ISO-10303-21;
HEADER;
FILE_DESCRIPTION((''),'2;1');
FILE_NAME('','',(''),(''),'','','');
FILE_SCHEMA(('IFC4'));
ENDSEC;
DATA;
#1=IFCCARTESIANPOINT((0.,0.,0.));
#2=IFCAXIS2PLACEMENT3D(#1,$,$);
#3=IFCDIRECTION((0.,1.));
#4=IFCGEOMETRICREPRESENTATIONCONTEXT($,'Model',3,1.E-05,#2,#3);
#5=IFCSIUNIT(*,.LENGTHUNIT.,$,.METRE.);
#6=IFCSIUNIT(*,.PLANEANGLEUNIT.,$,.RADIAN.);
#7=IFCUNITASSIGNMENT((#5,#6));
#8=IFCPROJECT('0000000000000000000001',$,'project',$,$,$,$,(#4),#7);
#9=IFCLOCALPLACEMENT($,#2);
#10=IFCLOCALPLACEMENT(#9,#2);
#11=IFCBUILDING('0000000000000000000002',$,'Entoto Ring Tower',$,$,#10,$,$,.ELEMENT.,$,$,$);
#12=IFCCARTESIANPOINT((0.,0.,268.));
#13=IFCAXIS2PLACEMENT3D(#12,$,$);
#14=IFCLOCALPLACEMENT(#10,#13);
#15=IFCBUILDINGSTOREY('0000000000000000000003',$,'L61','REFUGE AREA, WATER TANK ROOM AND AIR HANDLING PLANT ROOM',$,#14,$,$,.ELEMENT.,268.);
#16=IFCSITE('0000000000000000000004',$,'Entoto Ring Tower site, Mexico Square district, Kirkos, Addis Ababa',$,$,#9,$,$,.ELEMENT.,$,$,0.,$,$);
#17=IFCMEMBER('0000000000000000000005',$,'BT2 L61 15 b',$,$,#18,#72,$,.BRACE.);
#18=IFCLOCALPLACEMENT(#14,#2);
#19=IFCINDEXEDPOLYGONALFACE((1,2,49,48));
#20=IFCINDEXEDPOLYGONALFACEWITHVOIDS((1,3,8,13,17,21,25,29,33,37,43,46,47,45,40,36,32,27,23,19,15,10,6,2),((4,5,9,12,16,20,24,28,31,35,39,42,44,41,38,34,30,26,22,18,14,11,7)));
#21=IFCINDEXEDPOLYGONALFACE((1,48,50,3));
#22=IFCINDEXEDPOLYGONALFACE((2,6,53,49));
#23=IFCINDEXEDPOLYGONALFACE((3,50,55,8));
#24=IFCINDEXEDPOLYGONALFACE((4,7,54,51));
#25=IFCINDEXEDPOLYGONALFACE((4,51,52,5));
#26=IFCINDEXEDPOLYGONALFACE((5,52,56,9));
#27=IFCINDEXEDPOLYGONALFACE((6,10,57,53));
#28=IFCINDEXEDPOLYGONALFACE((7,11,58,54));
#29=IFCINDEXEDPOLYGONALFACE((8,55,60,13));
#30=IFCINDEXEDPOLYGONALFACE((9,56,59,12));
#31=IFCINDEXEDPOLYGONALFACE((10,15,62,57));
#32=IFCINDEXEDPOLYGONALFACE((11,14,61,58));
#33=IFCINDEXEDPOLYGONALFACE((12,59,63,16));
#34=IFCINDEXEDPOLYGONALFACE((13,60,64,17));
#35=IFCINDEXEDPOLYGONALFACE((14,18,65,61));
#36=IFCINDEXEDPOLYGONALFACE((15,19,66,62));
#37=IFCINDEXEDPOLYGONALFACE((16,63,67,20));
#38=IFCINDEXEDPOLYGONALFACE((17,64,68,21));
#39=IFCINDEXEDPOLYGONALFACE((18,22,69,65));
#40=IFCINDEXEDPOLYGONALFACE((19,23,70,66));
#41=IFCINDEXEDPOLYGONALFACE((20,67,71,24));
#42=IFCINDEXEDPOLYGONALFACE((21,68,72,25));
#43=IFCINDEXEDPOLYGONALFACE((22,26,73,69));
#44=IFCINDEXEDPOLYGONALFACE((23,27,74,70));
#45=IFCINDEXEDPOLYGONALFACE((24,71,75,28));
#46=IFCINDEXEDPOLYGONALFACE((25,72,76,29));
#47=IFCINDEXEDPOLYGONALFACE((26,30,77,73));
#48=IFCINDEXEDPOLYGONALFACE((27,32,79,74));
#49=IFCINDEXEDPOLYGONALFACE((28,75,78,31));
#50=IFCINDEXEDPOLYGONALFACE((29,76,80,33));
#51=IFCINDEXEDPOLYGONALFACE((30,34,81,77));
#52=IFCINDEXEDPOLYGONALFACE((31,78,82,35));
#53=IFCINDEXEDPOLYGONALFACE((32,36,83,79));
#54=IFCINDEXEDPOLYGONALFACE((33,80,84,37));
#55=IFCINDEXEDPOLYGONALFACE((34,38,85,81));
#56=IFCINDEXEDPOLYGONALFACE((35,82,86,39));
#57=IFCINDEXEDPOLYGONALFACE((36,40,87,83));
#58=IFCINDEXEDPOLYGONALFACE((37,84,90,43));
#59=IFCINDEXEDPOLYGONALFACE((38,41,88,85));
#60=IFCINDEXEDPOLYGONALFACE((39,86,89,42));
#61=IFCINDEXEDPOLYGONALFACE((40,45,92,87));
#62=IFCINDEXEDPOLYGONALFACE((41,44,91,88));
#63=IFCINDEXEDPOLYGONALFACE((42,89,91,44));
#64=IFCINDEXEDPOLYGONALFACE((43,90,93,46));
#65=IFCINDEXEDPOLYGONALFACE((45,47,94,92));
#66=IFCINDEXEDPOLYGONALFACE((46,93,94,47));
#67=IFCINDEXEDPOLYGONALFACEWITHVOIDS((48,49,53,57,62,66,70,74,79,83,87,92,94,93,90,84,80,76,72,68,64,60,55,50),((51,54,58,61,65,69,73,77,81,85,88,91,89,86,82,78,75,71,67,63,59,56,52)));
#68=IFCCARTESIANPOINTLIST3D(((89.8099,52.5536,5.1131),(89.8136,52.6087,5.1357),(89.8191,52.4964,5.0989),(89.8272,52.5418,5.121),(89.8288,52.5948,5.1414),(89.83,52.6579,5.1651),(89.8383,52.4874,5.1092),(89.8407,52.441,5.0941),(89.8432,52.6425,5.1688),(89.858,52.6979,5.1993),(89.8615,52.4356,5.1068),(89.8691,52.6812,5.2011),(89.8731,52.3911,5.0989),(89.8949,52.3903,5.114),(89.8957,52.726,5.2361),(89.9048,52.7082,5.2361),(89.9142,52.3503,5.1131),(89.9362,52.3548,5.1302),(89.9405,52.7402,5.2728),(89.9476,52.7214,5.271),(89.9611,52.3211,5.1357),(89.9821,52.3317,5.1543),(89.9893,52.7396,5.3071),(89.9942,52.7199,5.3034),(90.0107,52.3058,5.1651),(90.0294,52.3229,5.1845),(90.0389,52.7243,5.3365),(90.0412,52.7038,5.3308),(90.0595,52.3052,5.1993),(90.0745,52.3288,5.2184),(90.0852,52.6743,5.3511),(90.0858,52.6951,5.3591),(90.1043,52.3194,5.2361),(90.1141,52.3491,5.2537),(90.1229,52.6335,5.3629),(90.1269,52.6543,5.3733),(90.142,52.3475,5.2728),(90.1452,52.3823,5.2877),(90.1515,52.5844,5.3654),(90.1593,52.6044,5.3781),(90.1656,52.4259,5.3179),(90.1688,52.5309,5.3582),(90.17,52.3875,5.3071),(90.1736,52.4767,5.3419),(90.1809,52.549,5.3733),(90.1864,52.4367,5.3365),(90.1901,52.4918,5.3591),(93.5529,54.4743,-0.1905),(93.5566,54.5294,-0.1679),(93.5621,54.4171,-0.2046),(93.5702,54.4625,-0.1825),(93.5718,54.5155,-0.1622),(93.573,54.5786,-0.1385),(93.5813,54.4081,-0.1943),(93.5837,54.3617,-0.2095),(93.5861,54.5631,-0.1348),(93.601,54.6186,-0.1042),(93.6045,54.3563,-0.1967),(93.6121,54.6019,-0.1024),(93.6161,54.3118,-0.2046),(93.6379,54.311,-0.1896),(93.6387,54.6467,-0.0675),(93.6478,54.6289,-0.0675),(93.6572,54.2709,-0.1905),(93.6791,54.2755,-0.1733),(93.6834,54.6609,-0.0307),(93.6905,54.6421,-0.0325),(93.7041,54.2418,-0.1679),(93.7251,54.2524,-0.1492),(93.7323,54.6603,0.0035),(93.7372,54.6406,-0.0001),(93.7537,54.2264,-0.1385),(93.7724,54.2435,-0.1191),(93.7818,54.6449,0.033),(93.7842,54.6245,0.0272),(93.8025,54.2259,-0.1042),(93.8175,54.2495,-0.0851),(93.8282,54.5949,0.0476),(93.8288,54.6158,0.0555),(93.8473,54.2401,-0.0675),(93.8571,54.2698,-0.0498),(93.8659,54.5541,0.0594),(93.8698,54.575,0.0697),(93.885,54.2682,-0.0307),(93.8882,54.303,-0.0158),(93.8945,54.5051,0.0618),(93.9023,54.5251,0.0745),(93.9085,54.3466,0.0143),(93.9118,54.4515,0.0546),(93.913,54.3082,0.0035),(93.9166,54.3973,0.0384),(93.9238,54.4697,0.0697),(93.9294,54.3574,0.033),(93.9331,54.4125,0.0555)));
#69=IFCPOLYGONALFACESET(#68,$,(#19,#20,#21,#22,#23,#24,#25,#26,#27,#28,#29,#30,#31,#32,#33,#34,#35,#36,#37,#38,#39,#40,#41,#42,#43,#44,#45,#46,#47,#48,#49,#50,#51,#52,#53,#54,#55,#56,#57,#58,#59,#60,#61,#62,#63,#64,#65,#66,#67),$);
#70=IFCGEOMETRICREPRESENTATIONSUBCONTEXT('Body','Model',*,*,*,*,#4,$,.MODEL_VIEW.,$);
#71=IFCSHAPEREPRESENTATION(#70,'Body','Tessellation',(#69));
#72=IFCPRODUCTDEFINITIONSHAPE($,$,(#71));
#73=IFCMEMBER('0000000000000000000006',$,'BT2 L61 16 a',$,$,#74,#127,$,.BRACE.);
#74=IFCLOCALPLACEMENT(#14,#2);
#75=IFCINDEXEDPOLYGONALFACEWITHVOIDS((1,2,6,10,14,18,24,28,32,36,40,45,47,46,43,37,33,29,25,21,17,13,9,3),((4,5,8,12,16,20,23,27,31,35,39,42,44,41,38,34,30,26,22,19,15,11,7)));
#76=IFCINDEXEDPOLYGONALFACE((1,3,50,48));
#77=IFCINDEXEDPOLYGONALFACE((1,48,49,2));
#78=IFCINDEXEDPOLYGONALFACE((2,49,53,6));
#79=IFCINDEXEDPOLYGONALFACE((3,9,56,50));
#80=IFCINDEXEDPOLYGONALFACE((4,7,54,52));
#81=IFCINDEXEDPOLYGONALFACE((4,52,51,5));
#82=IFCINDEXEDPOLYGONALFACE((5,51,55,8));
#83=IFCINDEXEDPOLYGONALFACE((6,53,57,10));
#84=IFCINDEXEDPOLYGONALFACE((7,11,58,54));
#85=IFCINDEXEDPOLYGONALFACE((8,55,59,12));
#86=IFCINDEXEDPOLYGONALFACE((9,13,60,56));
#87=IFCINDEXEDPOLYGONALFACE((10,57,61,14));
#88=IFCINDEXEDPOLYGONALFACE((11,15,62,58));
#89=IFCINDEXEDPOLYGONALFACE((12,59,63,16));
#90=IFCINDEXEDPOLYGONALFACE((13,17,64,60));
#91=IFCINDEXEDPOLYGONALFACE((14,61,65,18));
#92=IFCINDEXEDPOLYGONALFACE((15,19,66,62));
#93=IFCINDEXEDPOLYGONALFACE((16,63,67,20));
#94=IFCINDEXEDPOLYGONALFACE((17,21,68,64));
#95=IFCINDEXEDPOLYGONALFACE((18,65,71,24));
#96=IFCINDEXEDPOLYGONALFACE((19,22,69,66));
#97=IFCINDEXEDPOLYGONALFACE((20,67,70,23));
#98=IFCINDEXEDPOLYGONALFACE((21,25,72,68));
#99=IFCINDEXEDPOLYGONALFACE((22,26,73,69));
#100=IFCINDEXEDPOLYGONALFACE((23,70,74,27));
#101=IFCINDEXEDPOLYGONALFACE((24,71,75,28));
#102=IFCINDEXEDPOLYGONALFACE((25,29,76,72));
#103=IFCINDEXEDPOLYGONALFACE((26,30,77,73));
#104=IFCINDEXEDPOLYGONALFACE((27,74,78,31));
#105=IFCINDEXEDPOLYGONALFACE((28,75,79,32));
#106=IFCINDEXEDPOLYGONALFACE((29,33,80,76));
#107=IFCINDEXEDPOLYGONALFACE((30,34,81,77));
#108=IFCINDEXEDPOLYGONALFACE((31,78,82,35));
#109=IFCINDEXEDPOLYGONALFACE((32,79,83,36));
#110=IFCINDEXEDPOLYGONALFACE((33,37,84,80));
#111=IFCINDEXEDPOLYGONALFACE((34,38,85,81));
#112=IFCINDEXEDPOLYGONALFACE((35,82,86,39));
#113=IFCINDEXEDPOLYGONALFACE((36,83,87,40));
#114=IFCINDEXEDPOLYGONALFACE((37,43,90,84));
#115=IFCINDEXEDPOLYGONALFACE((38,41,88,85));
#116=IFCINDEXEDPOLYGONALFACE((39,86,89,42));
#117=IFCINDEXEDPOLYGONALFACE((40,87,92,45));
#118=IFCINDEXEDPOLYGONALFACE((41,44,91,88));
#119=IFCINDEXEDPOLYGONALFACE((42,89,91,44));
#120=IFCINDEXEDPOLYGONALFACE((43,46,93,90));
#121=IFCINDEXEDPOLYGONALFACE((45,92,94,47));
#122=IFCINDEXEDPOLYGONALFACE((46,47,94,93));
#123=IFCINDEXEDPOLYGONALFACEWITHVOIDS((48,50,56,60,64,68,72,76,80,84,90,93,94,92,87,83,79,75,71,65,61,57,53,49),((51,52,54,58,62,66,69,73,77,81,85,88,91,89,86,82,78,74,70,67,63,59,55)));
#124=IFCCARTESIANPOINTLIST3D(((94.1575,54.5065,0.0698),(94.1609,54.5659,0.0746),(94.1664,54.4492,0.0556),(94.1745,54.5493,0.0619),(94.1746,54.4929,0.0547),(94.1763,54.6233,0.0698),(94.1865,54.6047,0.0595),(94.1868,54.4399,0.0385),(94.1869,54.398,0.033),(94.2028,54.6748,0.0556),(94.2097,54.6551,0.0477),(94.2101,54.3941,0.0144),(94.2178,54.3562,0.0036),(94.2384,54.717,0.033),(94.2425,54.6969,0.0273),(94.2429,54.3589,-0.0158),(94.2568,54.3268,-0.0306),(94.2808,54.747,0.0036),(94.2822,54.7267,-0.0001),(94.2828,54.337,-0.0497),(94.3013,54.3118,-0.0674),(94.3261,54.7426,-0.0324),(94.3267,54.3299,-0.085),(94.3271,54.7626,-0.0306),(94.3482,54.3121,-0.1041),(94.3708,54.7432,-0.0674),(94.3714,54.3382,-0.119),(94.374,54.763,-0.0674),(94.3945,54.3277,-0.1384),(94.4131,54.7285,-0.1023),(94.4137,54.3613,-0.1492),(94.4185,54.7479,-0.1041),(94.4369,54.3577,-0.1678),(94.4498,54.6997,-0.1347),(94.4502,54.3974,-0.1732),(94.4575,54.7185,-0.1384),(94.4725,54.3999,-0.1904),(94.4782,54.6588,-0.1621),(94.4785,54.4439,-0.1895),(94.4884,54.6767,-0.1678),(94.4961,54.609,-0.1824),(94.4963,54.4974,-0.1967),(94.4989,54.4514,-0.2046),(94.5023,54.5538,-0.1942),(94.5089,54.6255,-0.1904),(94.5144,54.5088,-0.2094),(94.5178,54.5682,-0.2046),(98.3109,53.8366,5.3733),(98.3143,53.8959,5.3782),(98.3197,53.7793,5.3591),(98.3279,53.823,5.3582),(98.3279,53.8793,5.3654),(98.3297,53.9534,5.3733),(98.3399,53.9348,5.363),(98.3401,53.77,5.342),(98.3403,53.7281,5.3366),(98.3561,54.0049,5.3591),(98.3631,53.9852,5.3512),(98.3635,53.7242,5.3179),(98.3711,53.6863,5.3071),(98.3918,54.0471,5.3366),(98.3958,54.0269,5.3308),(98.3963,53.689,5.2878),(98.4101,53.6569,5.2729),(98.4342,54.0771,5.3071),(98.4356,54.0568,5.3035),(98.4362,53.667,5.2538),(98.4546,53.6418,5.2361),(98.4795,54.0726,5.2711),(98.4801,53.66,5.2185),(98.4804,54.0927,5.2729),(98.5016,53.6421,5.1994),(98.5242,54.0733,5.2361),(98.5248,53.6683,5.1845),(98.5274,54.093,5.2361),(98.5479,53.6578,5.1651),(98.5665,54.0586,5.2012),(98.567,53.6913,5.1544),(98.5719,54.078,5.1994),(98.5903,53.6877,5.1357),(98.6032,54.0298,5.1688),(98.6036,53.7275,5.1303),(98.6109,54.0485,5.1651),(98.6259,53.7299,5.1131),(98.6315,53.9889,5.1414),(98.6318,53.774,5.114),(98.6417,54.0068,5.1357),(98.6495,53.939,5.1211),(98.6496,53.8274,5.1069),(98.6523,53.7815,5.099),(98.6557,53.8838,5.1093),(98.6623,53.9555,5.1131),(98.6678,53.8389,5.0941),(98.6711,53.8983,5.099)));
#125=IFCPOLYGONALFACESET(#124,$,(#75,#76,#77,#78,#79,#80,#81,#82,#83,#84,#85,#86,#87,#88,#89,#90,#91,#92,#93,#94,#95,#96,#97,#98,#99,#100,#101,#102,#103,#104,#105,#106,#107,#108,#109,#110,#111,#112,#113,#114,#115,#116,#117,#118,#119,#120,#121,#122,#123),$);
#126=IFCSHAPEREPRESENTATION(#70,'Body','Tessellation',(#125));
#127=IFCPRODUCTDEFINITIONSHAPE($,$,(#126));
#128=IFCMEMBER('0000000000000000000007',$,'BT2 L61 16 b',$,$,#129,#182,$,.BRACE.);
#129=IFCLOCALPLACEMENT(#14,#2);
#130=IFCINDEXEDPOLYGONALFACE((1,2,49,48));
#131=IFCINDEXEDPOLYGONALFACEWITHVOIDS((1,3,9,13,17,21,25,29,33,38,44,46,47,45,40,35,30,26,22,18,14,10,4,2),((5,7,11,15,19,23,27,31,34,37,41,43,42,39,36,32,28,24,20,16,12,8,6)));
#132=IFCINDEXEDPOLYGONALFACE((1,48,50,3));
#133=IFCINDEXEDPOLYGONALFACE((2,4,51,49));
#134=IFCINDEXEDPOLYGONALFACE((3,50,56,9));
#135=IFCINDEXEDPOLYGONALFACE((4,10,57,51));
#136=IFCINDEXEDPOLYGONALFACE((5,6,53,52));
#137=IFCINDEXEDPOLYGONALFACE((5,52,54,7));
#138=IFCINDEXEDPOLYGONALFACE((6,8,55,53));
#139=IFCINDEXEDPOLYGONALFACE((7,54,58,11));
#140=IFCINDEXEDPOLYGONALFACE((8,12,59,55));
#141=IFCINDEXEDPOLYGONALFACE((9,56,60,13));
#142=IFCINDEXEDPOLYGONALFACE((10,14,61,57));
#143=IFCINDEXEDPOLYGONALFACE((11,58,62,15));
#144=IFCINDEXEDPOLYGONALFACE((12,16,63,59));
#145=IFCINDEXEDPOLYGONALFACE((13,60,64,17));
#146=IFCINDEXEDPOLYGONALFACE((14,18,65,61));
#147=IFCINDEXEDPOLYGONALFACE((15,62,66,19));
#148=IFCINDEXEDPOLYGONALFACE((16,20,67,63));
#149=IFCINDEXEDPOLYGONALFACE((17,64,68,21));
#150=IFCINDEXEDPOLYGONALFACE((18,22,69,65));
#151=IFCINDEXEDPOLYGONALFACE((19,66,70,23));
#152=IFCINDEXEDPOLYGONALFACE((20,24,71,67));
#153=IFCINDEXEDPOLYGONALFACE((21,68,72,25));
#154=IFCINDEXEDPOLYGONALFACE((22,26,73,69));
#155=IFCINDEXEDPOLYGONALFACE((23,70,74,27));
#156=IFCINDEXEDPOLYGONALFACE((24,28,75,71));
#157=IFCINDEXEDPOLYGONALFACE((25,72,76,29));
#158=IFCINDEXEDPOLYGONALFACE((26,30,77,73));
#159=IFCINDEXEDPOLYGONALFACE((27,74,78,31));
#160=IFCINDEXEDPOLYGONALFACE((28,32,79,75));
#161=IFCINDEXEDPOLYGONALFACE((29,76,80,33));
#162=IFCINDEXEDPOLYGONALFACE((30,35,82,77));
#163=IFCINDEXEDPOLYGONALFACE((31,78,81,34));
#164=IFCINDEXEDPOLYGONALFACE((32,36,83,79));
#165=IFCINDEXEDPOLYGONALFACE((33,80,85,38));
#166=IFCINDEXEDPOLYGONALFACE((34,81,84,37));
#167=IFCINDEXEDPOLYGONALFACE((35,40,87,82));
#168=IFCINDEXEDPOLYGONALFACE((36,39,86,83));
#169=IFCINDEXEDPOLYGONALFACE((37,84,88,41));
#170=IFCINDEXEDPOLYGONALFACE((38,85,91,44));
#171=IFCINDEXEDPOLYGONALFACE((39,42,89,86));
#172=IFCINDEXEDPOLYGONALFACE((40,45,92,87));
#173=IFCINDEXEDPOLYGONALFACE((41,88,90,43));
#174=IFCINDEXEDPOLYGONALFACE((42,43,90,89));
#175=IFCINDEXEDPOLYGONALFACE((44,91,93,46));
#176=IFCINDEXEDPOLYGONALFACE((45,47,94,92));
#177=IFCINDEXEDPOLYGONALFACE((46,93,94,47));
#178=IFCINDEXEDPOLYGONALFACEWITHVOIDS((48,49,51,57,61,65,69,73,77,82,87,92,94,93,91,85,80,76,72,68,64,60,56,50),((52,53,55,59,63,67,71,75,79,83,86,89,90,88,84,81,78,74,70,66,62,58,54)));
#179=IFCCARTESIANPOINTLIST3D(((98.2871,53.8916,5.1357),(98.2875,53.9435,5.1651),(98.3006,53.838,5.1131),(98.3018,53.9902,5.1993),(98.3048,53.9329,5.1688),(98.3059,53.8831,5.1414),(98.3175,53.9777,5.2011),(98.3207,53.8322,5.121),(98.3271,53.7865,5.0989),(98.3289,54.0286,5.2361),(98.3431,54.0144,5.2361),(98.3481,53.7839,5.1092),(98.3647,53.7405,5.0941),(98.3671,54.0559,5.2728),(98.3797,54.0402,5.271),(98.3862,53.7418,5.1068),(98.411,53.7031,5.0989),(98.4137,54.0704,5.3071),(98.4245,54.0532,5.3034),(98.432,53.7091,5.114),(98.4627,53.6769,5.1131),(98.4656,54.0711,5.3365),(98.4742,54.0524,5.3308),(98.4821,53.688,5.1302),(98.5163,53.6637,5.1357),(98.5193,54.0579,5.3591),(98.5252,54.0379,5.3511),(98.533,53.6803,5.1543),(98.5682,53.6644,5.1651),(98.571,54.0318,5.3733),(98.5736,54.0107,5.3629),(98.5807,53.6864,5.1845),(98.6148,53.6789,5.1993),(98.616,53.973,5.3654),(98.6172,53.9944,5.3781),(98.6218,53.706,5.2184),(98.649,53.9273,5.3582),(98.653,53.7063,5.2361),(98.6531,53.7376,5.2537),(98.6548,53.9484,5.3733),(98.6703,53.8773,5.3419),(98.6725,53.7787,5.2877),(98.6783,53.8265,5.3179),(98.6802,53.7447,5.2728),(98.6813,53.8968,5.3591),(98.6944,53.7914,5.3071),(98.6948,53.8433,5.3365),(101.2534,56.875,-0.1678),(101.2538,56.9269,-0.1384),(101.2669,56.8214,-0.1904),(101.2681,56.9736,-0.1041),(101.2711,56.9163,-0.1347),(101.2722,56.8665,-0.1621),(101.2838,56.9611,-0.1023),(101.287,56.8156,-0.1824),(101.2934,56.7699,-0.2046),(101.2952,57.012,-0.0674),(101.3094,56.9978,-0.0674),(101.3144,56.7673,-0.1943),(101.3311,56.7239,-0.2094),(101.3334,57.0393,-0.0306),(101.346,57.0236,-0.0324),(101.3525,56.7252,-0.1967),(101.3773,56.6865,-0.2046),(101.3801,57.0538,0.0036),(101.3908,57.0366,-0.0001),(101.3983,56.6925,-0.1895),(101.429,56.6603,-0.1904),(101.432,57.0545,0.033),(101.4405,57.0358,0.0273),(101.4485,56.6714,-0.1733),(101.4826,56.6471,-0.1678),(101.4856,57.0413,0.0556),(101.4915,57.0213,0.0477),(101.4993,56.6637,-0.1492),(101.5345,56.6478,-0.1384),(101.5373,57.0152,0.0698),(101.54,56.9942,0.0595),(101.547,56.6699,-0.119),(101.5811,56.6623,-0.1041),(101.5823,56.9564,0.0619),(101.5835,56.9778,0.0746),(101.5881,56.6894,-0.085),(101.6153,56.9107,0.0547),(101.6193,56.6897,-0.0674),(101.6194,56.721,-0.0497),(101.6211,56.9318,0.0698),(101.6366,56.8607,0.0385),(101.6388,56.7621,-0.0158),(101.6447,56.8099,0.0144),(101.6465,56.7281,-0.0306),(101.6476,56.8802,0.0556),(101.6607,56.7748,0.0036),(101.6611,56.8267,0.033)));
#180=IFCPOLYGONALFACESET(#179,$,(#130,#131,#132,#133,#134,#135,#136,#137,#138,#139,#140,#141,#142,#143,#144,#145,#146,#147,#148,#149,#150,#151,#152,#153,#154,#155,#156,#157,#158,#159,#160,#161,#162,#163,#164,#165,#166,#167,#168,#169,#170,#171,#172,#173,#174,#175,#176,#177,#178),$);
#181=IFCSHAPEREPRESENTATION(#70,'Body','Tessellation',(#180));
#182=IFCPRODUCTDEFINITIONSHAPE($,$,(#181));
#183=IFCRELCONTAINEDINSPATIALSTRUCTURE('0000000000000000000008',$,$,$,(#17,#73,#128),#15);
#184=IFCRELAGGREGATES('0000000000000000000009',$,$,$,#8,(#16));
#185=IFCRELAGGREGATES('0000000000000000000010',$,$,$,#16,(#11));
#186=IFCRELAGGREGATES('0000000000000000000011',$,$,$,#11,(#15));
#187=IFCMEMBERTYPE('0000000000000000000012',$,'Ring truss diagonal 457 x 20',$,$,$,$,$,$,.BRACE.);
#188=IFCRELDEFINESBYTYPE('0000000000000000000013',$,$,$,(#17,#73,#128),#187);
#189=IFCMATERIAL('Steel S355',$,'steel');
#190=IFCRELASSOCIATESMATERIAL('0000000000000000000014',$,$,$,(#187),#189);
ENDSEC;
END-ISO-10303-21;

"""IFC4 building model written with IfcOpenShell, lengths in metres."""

from ifc_helpers import new_model, si_unit, direction, frame, origin, origin_2d, place, context, subcontext, project, spatial, circle, hollow_circle, extrude, material, material_profile, profile_set, type_object, element, save


model = new_model("IFC4")

# Units and contexts
model_context = context("Model", 3, precision=1e-05, world=origin(), true_north=direction((0.0, 1.0)))
body_context = subcontext(model_context, "Body", "Model", "MODEL_VIEW")
ifc_project = project(units=[si_unit("LENGTHUNIT", "METRE"), si_unit("PLANEANGLEUNIT", "RADIAN")], contexts=[model_context])

# Site, building, storey
site_placement = place(None, origin())
site = spatial("IfcSite", under=ifc_project, at=site_placement, Name="Entoto Ring Tower site, Mexico Square district, Kirkos, Addis Ababa", CompositionType="ELEMENT", RefElevation=0.0)
building_placement = place(site_placement, origin())
building = spatial("IfcBuilding", under=site, at=building_placement, Name="Entoto Ring Tower", CompositionType="ELEMENT")
storey_placement = place(building_placement, frame((0.0, 0.0, 268.0)))
storey = spatial("IfcBuildingStorey", under=building, at=storey_placement, Name="L61", Description="REFUGE AREA, WATER TANK ROOM AND AIR HANDLING PLANT ROOM", CompositionType="ELEMENT", Elevation=268.0)

# Members
ifc_material_1 = material(Name="Steel S355", Category="steel")
ifc_material_profile_1 = material_profile(ifc_material_1, hollow_circle(Radius=0.2285, WallThickness=0.02, at=origin_2d()), Name="CHS 457 x 20")
ifc_material_2 = material(Name="Concrete C60/75", Category="concrete")
ifc_material_profile_2 = material_profile(ifc_material_2, circle(Radius=0.2085, at=origin_2d()), Name="Concrete C60/75 infill")
ifc_profile_set_1 = profile_set([ifc_material_profile_1, ifc_material_profile_2], Name="Steel S355")
member_type_1 = type_object("IfcMemberType", Name="Ring truss diagonal 457 x 20", PredefinedType="BRACE", material=ifc_profile_set_1)
for number, where, z_axis, x_axis, name in (
    (1, (90.0, 52.5227, 5.2361), (0.552915, 0.283725, -0.783444), (-0.456544, 0.889701, 0.0), "BT2 L61 15 b"),
    (2, (94.3376, 54.5374, -0.0674), (0.613538, -0.098962, 0.78344), (0.15924, 0.98724, 0.0), "BT2 L61 16 a"),
    (3, (98.491, 53.8674, 5.2361), (0.438186, 0.44071, -0.783433), (-0.709135, 0.705073, 0.0), "BT2 L61 16 b"),
):
    element("IfcMember", number, at=place(storey_placement, frame(where, z_axis=z_axis, x_axis=x_axis)), inside=storey, type_object=member_type_1, Name=name, PredefinedType="BRACE", context=body_context, shape_type="SweptSolid", body=[
        extrude(hollow_circle(Radius=0.2285, WallThickness=0.02, at=origin_2d()), origin(), (0.0, 0.0, 1.0), 6.7695),
    ])

save(model, "model.ifc")
